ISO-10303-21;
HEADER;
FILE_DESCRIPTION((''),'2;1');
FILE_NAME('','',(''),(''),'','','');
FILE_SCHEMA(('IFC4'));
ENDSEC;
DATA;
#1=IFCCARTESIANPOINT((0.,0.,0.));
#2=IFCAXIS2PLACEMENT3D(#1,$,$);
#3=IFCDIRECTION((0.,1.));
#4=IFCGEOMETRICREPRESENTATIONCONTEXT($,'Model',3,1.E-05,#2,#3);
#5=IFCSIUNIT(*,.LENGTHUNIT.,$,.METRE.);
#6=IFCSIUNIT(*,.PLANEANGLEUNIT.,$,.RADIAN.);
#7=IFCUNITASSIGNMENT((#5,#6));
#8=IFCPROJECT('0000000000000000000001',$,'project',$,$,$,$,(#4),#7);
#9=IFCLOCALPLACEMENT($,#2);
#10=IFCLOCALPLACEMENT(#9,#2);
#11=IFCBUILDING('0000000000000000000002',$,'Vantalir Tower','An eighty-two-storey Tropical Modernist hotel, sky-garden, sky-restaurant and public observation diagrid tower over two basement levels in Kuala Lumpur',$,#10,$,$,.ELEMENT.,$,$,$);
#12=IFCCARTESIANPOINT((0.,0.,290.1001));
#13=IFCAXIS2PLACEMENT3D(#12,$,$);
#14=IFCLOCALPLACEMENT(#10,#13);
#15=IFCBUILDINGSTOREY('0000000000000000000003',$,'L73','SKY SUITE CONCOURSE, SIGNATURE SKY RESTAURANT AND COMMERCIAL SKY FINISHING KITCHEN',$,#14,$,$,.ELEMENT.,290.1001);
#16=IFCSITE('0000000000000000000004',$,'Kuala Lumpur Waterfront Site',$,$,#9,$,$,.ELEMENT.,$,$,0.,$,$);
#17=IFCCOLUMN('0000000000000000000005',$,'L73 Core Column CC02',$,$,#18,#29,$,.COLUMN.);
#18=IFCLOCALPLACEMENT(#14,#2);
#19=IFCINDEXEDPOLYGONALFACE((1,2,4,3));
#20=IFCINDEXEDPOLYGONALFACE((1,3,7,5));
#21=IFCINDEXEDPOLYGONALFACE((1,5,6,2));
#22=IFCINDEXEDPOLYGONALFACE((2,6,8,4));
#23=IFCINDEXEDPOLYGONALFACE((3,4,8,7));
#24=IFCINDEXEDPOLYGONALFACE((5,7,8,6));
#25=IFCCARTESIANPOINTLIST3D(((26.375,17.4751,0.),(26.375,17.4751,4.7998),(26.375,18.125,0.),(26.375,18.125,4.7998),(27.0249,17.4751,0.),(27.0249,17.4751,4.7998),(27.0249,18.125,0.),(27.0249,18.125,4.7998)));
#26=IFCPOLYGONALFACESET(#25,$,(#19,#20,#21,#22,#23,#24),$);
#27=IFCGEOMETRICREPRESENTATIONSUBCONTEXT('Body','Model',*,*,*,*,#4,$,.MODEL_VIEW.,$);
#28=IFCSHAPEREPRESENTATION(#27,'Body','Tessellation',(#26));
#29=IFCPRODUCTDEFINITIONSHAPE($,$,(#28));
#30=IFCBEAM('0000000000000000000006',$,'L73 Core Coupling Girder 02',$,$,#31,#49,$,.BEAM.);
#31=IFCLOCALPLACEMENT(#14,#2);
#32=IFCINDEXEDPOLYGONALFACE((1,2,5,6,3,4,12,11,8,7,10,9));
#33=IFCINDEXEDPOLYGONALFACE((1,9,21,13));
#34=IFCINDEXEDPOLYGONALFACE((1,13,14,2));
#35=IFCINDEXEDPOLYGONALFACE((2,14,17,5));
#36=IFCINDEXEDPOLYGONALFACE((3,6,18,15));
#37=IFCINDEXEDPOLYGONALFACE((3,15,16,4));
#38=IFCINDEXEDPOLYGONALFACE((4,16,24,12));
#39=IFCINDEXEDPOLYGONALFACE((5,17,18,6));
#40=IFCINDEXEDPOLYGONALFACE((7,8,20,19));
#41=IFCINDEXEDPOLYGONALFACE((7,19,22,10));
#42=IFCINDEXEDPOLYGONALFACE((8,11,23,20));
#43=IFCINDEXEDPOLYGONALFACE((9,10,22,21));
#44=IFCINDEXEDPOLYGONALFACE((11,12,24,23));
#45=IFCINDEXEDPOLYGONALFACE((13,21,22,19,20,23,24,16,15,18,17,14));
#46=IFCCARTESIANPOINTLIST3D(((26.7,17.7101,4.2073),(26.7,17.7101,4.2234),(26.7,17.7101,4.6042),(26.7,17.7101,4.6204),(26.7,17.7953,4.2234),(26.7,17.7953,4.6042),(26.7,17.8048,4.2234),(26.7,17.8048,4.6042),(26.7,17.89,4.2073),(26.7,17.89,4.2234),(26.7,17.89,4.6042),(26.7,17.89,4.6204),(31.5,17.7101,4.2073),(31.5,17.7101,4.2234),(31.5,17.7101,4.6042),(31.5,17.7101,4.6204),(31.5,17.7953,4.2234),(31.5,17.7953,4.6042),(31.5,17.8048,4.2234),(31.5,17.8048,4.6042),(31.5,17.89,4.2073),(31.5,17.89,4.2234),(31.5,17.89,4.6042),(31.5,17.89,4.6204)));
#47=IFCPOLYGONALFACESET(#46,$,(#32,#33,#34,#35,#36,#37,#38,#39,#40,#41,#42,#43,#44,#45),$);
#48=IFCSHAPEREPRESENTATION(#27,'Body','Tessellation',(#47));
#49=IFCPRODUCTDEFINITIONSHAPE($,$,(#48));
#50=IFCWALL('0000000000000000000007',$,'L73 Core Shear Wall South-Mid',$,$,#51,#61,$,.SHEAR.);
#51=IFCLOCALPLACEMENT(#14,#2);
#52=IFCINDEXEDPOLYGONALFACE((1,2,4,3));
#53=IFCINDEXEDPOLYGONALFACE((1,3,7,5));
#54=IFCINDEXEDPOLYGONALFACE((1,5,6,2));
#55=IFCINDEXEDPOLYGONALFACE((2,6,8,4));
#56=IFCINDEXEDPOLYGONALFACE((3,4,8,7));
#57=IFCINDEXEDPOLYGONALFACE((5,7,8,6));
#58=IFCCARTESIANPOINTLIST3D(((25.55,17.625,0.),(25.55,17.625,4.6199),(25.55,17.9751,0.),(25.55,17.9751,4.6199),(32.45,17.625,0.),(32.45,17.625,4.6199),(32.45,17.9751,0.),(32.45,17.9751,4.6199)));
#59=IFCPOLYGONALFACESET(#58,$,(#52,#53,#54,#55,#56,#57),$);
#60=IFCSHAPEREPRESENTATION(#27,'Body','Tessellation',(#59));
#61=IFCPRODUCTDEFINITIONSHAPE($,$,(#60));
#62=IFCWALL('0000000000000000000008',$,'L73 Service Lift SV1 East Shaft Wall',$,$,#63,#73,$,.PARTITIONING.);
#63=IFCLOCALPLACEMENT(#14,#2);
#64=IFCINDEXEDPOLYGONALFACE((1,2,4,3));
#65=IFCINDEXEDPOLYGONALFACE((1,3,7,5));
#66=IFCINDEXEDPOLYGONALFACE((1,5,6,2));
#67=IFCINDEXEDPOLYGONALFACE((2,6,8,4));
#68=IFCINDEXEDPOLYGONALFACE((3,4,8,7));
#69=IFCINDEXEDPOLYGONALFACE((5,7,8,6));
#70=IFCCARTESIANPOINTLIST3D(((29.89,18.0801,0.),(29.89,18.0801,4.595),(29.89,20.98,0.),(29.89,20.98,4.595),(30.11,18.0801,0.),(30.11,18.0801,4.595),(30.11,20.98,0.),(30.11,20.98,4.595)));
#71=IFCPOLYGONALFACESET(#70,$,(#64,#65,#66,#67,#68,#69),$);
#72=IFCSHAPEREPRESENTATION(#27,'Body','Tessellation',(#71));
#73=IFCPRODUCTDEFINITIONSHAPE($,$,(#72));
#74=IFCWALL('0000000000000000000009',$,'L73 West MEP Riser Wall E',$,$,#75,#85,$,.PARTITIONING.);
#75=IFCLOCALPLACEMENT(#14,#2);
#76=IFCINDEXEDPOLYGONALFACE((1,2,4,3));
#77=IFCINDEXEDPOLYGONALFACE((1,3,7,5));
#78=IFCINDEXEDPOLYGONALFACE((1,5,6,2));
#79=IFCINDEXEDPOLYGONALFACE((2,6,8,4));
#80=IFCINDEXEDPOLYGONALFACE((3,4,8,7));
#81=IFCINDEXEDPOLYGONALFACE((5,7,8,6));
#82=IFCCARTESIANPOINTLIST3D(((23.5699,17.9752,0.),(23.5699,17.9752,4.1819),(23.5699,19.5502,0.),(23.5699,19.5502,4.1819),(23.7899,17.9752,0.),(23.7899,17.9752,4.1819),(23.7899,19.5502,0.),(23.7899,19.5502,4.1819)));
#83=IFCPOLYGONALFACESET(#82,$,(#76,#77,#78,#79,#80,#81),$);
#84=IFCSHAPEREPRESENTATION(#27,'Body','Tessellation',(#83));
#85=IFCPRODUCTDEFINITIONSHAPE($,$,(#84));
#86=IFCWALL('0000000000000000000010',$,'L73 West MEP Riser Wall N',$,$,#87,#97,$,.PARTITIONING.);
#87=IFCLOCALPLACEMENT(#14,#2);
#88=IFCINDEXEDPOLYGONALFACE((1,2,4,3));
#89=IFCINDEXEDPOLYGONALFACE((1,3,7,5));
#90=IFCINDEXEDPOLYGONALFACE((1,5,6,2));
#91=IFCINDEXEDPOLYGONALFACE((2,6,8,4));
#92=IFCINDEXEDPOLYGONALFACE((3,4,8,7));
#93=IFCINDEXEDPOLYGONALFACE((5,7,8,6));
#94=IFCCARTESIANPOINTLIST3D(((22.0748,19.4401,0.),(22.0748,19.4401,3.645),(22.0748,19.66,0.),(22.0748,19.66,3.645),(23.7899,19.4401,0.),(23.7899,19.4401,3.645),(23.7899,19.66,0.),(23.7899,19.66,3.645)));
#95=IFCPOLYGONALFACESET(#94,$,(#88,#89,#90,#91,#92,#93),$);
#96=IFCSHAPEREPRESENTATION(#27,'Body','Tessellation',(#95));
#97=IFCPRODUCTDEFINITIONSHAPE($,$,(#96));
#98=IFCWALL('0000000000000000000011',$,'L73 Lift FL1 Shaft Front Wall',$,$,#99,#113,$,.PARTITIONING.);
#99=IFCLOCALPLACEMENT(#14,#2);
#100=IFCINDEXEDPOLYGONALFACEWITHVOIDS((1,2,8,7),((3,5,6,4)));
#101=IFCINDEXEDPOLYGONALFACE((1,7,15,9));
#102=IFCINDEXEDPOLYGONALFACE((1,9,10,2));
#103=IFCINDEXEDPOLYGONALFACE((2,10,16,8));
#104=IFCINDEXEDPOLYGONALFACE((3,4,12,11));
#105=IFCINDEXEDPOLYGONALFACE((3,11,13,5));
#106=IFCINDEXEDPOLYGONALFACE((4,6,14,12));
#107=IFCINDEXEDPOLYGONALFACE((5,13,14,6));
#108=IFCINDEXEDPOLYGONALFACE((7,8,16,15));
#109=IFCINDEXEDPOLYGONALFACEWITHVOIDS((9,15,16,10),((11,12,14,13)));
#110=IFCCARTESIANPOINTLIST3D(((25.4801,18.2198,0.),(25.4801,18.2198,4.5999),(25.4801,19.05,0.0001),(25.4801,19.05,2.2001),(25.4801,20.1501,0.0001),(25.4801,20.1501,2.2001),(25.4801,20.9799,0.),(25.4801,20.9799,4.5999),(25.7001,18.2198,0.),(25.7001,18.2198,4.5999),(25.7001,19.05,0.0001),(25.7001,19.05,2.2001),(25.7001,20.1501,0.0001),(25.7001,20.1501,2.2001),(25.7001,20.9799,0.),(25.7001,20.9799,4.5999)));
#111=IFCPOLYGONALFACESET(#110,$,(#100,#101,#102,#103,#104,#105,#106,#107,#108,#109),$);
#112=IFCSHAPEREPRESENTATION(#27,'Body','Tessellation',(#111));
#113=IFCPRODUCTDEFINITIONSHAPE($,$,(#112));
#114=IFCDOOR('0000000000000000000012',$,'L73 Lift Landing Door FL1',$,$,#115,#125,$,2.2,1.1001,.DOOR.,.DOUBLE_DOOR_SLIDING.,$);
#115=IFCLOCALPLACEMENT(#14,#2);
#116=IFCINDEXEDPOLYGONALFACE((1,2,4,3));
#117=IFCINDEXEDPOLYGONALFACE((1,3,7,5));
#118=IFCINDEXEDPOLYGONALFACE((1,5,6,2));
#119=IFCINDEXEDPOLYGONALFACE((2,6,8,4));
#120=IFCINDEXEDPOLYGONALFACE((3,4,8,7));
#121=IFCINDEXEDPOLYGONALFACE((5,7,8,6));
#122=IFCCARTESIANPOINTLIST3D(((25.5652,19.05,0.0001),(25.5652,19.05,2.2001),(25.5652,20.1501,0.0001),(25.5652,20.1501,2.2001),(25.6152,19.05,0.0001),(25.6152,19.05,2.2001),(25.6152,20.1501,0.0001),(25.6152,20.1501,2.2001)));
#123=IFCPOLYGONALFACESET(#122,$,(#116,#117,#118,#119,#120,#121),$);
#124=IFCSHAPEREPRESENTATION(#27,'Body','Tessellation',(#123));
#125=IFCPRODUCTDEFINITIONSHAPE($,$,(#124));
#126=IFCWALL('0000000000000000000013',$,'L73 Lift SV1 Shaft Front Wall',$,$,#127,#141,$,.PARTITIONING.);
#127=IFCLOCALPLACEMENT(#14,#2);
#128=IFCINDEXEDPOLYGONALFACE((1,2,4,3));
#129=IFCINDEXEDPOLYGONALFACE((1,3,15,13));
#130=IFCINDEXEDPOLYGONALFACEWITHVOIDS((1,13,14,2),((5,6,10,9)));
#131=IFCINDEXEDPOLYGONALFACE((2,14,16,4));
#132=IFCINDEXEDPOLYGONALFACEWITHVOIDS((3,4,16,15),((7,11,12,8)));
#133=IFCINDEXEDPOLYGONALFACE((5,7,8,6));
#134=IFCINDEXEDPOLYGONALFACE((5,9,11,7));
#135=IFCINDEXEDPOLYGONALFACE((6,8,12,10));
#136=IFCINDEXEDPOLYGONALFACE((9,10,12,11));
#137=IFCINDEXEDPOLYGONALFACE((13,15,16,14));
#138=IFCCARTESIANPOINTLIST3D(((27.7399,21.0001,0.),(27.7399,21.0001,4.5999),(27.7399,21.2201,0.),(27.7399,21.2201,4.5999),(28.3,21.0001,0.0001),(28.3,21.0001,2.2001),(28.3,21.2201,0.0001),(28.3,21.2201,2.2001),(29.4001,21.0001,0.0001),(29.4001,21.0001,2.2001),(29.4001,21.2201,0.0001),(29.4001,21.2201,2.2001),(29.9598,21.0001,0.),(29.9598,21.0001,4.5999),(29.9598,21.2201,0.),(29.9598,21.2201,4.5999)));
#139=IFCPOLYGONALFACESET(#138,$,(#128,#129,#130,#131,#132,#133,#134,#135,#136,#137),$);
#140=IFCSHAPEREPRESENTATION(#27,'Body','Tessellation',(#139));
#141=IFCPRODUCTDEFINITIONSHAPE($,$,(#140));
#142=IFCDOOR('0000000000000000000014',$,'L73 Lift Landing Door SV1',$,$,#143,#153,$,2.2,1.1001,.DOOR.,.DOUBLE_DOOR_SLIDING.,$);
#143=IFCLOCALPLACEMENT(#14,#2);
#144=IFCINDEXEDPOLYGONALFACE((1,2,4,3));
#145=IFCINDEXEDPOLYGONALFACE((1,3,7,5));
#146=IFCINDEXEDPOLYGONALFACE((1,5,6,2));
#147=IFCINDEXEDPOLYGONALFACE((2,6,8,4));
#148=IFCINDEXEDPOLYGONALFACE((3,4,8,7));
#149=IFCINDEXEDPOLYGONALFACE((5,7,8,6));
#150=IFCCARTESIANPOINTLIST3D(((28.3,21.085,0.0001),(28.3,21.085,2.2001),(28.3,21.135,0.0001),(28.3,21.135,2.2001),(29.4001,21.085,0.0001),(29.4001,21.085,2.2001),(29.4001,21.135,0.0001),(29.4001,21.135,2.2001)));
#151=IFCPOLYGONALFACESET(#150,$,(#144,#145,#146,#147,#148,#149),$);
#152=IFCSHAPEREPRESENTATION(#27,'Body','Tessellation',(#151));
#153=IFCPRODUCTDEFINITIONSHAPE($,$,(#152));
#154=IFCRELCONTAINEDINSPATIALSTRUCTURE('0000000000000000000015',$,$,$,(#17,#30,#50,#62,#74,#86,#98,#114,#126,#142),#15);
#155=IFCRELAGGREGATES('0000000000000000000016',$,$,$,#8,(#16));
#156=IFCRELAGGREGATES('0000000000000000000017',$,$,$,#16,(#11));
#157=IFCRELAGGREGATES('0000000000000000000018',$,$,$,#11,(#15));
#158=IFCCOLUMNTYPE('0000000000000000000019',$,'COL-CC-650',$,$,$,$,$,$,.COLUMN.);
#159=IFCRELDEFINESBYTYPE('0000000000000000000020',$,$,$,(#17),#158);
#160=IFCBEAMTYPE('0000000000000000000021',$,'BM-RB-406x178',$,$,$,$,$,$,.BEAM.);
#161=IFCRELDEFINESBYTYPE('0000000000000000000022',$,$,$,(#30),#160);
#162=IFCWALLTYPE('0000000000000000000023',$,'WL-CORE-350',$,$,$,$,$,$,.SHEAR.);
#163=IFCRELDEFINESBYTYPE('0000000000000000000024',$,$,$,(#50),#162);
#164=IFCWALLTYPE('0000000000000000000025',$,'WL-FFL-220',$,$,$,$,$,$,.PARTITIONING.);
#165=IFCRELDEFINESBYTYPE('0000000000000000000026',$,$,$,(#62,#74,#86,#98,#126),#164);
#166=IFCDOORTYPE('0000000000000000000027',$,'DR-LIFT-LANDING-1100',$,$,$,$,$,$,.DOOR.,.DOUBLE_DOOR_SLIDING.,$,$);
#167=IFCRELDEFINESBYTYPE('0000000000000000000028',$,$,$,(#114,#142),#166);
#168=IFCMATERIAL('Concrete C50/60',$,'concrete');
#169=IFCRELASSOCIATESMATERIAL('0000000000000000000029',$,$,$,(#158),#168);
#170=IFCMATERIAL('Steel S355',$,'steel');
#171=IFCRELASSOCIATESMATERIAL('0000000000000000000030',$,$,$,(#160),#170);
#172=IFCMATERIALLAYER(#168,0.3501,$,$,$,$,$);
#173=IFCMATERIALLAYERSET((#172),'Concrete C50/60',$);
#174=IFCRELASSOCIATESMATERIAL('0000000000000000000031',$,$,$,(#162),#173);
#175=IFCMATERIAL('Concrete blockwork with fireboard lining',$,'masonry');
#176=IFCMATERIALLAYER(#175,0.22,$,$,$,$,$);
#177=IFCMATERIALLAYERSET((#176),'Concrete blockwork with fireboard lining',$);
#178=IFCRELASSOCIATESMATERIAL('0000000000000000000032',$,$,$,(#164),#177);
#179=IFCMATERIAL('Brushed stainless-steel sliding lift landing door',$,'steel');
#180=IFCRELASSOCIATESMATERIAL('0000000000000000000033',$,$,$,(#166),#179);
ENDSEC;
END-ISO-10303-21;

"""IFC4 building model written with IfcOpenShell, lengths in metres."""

from ifc_helpers import new_model, si_unit, direction, frame, frame_2d, origin, origin_2d, place, context, subcontext, project, spatial, rectangle, i_section, extrude, material, layer, layer_set, material_profile, profile_set, type_object, element, fill, save


model = new_model("IFC4")

# Units and contexts
model_context = context("Model", 3, precision=1e-05, world=origin(), true_north=direction((0.0, 1.0)))
body_context = subcontext(model_context, "Body", "Model", "MODEL_VIEW")
ifc_project = project(units=[si_unit("LENGTHUNIT", "METRE"), si_unit("PLANEANGLEUNIT", "RADIAN")], contexts=[model_context])

# Site, building, storey
site_placement = place(None, origin())
site = spatial("IfcSite", under=ifc_project, at=site_placement, Name="Kuala Lumpur Waterfront Site", CompositionType="ELEMENT", RefElevation=0.0)
building_placement = place(site_placement, origin())
building = spatial("IfcBuilding", under=site, at=building_placement, Name="Vantalir Tower", Description="An eighty-two-storey Tropical Modernist hotel, sky-garden, sky-restaurant and public observation diagrid tower over two basement levels in Kuala Lumpur", CompositionType="ELEMENT")
storey_placement = place(building_placement, frame((0.0, 0.0, 290.1001)))
storey = spatial("IfcBuildingStorey", under=building, at=storey_placement, Name="L73", Description="SKY SUITE CONCOURSE, SIGNATURE SKY RESTAURANT AND COMMERCIAL SKY FINISHING KITCHEN", CompositionType="ELEMENT", Elevation=290.1001)

# Column
ifc_material_1 = material(Name="Concrete C50/60", Category="concrete")
ifc_material_profile_1 = material_profile(ifc_material_1, rectangle(XDim=0.6499, YDim=0.6499, at=origin_2d()), Name="Concrete C50/60")
ifc_profile_set_1 = profile_set([ifc_material_profile_1], Name="Concrete C50/60")
column_type = type_object("IfcColumnType", Name="COL-CC-650", PredefinedType="COLUMN", material=ifc_profile_set_1)
column_placement = place(storey_placement, frame((26.7, 17.8, 0.0), z_axis=(0.0, 0.0, 1.0), x_axis=(1.0, 0.0, 0.0)))
element("IfcColumn", 1, at=column_placement, inside=storey, type_object=column_type, Name="L73 Core Column CC02", PredefinedType="COLUMN", context=body_context, shape_type="SweptSolid", body=[
    extrude(rectangle(XDim=0.6499, YDim=0.6499, at=origin_2d()), origin(), (0.0, 0.0, 1.0), 4.7998),
])

# Beam
ifc_material_2 = material(Name="Steel S355", Category="steel")
ifc_material_profile_2 = material_profile(ifc_material_2, i_section(OverallWidth=0.1799, OverallDepth=0.4131, WebThickness=0.0095, FlangeThickness=0.0161, at=origin_2d()), Name="Steel S355")
ifc_profile_set_2 = profile_set([ifc_material_profile_2], Name="Steel S355")
beam_type = type_object("IfcBeamType", Name="BM-RB-406x178", PredefinedType="BEAM", material=ifc_profile_set_2)
beam_placement = place(storey_placement, frame((26.7, 17.8, 4.4138), z_axis=(1.0, 0.0, 0.0), x_axis=(0.0, 1.0, 0.0)))
element("IfcBeam", 2, at=beam_placement, inside=storey, type_object=beam_type, Name="L73 Core Coupling Girder 02", PredefinedType="BEAM", context=body_context, shape_type="SweptSolid", body=[
    extrude(i_section(OverallWidth=0.1799, OverallDepth=0.4131, WebThickness=0.0095, FlangeThickness=0.0161, at=origin_2d()), origin(), (0.0, 0.0, 1.0), 4.8),
])

# Walls
ifc_layer_1 = layer(ifc_material_1, 0.3501)
ifc_layer_set_1 = layer_set([ifc_layer_1], Name="Concrete C50/60")
wall_type_1 = type_object("IfcWallType", Name="WL-CORE-350", PredefinedType="SHEAR", material=ifc_layer_set_1)
wall_1_placement = place(storey_placement, frame((25.55, 17.8, 0.0), z_axis=(0.0, 0.0, 1.0), x_axis=(1.0, 0.0, 0.0)))
element("IfcWall", 3, at=wall_1_placement, inside=storey, type_object=wall_type_1, Name="L73 Core Shear Wall South-Mid", PredefinedType="SHEAR", context=body_context, shape_type="SweptSolid", body=[
    extrude(rectangle(XDim=6.8999, YDim=0.3501, at=frame_2d((3.45, 0.0))), origin(), (0.0, 0.0, 1.0), 4.6199),
])
ifc_material_3 = material(Name="Concrete blockwork with fireboard lining", Category="masonry")
ifc_layer_2 = layer(ifc_material_3, 0.22)
ifc_layer_set_2 = layer_set([ifc_layer_2], Name="Concrete blockwork with fireboard lining")
wall_type_2 = type_object("IfcWallType", Name="WL-FFL-220", PredefinedType="PARTITIONING", material=ifc_layer_set_2)
wall_2_placement = place(storey_placement, frame((30.0, 18.0801, 0.0), z_axis=(0.0, 0.0, 1.0), x_axis=(0.0, 1.0, 0.0)))
element("IfcWall", 4, at=wall_2_placement, inside=storey, type_object=wall_type_2, Name="L73 Service Lift SV1 East Shaft Wall", PredefinedType="PARTITIONING", context=body_context, shape_type="SweptSolid", body=[
    extrude(rectangle(XDim=2.8999, YDim=0.22, at=frame_2d((1.45, 0.0))), origin(), (0.0, 0.0, 1.0), 4.595),
])
wall_3_placement = place(storey_placement, frame((23.6799, 17.9751, 0.0), z_axis=(0.0, 0.0, 1.0), x_axis=(0.0, 1.0, 0.0)))
element("IfcWall", 5, at=wall_3_placement, inside=storey, type_object=wall_type_2, Name="L73 West MEP Riser Wall E", PredefinedType="PARTITIONING", context=body_context, shape_type="SweptSolid", body=[
    extrude(rectangle(XDim=1.575, YDim=0.22, at=frame_2d((0.7876, 0.0))), origin(), (0.0, 0.0, 1.0), 4.1819),
])
wall_4_placement = place(storey_placement, frame((22.075, 19.55, 0.0), z_axis=(0.0, 0.0, 1.0), x_axis=(1.0, 0.0, 0.0)))
element("IfcWall", 6, at=wall_4_placement, inside=storey, type_object=wall_type_2, Name="L73 West MEP Riser Wall N", PredefinedType="PARTITIONING", context=body_context, shape_type="SweptSolid", body=[
    extrude(rectangle(XDim=1.7151, YDim=0.22, at=frame_2d((0.8574, 0.0))), origin(), (0.0, 0.0, 1.0), 3.645),
])

# Walls, openings, doors
wall_5_placement = place(storey_placement, frame((25.5901, 18.22, 0.0), z_axis=(0.0, 0.0, 1.0), x_axis=(0.0, 1.0, 0.0)))
wall_5 = element("IfcWall", 7, at=wall_5_placement, inside=storey, type_object=wall_type_2, Name="L73 Lift FL1 Shaft Front Wall", PredefinedType="PARTITIONING", context=body_context, shape_type="SweptSolid", body=[
    extrude(rectangle(XDim=2.76, YDim=0.22, at=frame_2d((1.3799, 0.0))), origin(), (0.0, 0.0, 1.0), 4.5999),
])
opening_1_placement = place(wall_5_placement, frame((0.8301, 0.0, 0.0)))
opening_1 = element("IfcOpeningElement", 8, at=opening_1_placement, cuts=wall_5, PredefinedType="OPENING", context=body_context, shape_type="SweptSolid", body=[
    extrude(rectangle(XDim=1.1001, YDim=2.2, at=frame_2d((0.55, 1.1001))), frame((0.0, 0.1199, 0.0), z_axis=(0.0, -1.0, 0.0), x_axis=(1.0, 0.0, 0.0)), (0.0, 0.0, 1.0), 0.24),
])
ifc_material_4 = material(Name="Brushed stainless-steel sliding lift landing door", Category="steel")
door_type_1 = type_object("IfcDoorType", Name="DR-LIFT-LANDING-1100", OperationType="DOUBLE_DOOR_SLIDING", PredefinedType="DOOR", material=ifc_material_4)
door_1_placement = place(opening_1_placement, origin())
door_1 = element("IfcDoor", 9, at=door_1_placement, inside=storey, type_object=door_type_1, Name="L73 Lift Landing Door FL1", OperationType="DOUBLE_DOOR_SLIDING", OverallHeight=2.2, OverallWidth=1.1001, PredefinedType="DOOR", context=body_context, shape_type="SweptSolid", body=[
    extrude(rectangle(XDim=1.1001, YDim=2.2, at=frame_2d((0.55, 1.1001))), frame((0.0, 0.0249, 0.0), z_axis=(0.0, -1.0, 0.0), x_axis=(1.0, 0.0, 0.0)), (0.0, 0.0, 1.0), 0.05),
])
fill(opening_1, door_1)
wall_6_placement = place(storey_placement, frame((27.74, 21.1101, 0.0), z_axis=(0.0, 0.0, 1.0), x_axis=(1.0, 0.0, 0.0)))
wall_6 = element("IfcWall", 10, at=wall_6_placement, inside=storey, type_object=wall_type_2, Name="L73 Lift SV1 Shaft Front Wall", PredefinedType="PARTITIONING", context=body_context, shape_type="SweptSolid", body=[
    extrude(rectangle(XDim=2.22, YDim=0.22, at=frame_2d((1.1099, 0.0))), origin(), (0.0, 0.0, 1.0), 4.5999),
])
opening_2_placement = place(wall_6_placement, frame((0.5601, 0.0, 0.0)))
opening_2 = element("IfcOpeningElement", 11, at=opening_2_placement, cuts=wall_6, PredefinedType="OPENING", context=body_context, shape_type="SweptSolid", body=[
    extrude(rectangle(XDim=1.1001, YDim=2.2, at=frame_2d((0.55, 1.1001))), frame((0.0, 0.1199, 0.0), z_axis=(0.0, -1.0, 0.0), x_axis=(1.0, 0.0, 0.0)), (0.0, 0.0, 1.0), 0.24),
])
door_2_placement = place(opening_2_placement, origin())
door_2 = element("IfcDoor", 12, at=door_2_placement, inside=storey, type_object=door_type_1, Name="L73 Lift Landing Door SV1", OperationType="DOUBLE_DOOR_SLIDING", OverallHeight=2.2, OverallWidth=1.1001, PredefinedType="DOOR", context=body_context, shape_type="SweptSolid", body=[
    extrude(rectangle(XDim=1.1001, YDim=2.2, at=frame_2d((0.55, 1.1001))), frame((0.0, 0.0249, 0.0), z_axis=(0.0, -1.0, 0.0), x_axis=(1.0, 0.0, 0.0)), (0.0, 0.0, 1.0), 0.05),
])
fill(opening_2, door_2)

save(model, "model.ifc")
